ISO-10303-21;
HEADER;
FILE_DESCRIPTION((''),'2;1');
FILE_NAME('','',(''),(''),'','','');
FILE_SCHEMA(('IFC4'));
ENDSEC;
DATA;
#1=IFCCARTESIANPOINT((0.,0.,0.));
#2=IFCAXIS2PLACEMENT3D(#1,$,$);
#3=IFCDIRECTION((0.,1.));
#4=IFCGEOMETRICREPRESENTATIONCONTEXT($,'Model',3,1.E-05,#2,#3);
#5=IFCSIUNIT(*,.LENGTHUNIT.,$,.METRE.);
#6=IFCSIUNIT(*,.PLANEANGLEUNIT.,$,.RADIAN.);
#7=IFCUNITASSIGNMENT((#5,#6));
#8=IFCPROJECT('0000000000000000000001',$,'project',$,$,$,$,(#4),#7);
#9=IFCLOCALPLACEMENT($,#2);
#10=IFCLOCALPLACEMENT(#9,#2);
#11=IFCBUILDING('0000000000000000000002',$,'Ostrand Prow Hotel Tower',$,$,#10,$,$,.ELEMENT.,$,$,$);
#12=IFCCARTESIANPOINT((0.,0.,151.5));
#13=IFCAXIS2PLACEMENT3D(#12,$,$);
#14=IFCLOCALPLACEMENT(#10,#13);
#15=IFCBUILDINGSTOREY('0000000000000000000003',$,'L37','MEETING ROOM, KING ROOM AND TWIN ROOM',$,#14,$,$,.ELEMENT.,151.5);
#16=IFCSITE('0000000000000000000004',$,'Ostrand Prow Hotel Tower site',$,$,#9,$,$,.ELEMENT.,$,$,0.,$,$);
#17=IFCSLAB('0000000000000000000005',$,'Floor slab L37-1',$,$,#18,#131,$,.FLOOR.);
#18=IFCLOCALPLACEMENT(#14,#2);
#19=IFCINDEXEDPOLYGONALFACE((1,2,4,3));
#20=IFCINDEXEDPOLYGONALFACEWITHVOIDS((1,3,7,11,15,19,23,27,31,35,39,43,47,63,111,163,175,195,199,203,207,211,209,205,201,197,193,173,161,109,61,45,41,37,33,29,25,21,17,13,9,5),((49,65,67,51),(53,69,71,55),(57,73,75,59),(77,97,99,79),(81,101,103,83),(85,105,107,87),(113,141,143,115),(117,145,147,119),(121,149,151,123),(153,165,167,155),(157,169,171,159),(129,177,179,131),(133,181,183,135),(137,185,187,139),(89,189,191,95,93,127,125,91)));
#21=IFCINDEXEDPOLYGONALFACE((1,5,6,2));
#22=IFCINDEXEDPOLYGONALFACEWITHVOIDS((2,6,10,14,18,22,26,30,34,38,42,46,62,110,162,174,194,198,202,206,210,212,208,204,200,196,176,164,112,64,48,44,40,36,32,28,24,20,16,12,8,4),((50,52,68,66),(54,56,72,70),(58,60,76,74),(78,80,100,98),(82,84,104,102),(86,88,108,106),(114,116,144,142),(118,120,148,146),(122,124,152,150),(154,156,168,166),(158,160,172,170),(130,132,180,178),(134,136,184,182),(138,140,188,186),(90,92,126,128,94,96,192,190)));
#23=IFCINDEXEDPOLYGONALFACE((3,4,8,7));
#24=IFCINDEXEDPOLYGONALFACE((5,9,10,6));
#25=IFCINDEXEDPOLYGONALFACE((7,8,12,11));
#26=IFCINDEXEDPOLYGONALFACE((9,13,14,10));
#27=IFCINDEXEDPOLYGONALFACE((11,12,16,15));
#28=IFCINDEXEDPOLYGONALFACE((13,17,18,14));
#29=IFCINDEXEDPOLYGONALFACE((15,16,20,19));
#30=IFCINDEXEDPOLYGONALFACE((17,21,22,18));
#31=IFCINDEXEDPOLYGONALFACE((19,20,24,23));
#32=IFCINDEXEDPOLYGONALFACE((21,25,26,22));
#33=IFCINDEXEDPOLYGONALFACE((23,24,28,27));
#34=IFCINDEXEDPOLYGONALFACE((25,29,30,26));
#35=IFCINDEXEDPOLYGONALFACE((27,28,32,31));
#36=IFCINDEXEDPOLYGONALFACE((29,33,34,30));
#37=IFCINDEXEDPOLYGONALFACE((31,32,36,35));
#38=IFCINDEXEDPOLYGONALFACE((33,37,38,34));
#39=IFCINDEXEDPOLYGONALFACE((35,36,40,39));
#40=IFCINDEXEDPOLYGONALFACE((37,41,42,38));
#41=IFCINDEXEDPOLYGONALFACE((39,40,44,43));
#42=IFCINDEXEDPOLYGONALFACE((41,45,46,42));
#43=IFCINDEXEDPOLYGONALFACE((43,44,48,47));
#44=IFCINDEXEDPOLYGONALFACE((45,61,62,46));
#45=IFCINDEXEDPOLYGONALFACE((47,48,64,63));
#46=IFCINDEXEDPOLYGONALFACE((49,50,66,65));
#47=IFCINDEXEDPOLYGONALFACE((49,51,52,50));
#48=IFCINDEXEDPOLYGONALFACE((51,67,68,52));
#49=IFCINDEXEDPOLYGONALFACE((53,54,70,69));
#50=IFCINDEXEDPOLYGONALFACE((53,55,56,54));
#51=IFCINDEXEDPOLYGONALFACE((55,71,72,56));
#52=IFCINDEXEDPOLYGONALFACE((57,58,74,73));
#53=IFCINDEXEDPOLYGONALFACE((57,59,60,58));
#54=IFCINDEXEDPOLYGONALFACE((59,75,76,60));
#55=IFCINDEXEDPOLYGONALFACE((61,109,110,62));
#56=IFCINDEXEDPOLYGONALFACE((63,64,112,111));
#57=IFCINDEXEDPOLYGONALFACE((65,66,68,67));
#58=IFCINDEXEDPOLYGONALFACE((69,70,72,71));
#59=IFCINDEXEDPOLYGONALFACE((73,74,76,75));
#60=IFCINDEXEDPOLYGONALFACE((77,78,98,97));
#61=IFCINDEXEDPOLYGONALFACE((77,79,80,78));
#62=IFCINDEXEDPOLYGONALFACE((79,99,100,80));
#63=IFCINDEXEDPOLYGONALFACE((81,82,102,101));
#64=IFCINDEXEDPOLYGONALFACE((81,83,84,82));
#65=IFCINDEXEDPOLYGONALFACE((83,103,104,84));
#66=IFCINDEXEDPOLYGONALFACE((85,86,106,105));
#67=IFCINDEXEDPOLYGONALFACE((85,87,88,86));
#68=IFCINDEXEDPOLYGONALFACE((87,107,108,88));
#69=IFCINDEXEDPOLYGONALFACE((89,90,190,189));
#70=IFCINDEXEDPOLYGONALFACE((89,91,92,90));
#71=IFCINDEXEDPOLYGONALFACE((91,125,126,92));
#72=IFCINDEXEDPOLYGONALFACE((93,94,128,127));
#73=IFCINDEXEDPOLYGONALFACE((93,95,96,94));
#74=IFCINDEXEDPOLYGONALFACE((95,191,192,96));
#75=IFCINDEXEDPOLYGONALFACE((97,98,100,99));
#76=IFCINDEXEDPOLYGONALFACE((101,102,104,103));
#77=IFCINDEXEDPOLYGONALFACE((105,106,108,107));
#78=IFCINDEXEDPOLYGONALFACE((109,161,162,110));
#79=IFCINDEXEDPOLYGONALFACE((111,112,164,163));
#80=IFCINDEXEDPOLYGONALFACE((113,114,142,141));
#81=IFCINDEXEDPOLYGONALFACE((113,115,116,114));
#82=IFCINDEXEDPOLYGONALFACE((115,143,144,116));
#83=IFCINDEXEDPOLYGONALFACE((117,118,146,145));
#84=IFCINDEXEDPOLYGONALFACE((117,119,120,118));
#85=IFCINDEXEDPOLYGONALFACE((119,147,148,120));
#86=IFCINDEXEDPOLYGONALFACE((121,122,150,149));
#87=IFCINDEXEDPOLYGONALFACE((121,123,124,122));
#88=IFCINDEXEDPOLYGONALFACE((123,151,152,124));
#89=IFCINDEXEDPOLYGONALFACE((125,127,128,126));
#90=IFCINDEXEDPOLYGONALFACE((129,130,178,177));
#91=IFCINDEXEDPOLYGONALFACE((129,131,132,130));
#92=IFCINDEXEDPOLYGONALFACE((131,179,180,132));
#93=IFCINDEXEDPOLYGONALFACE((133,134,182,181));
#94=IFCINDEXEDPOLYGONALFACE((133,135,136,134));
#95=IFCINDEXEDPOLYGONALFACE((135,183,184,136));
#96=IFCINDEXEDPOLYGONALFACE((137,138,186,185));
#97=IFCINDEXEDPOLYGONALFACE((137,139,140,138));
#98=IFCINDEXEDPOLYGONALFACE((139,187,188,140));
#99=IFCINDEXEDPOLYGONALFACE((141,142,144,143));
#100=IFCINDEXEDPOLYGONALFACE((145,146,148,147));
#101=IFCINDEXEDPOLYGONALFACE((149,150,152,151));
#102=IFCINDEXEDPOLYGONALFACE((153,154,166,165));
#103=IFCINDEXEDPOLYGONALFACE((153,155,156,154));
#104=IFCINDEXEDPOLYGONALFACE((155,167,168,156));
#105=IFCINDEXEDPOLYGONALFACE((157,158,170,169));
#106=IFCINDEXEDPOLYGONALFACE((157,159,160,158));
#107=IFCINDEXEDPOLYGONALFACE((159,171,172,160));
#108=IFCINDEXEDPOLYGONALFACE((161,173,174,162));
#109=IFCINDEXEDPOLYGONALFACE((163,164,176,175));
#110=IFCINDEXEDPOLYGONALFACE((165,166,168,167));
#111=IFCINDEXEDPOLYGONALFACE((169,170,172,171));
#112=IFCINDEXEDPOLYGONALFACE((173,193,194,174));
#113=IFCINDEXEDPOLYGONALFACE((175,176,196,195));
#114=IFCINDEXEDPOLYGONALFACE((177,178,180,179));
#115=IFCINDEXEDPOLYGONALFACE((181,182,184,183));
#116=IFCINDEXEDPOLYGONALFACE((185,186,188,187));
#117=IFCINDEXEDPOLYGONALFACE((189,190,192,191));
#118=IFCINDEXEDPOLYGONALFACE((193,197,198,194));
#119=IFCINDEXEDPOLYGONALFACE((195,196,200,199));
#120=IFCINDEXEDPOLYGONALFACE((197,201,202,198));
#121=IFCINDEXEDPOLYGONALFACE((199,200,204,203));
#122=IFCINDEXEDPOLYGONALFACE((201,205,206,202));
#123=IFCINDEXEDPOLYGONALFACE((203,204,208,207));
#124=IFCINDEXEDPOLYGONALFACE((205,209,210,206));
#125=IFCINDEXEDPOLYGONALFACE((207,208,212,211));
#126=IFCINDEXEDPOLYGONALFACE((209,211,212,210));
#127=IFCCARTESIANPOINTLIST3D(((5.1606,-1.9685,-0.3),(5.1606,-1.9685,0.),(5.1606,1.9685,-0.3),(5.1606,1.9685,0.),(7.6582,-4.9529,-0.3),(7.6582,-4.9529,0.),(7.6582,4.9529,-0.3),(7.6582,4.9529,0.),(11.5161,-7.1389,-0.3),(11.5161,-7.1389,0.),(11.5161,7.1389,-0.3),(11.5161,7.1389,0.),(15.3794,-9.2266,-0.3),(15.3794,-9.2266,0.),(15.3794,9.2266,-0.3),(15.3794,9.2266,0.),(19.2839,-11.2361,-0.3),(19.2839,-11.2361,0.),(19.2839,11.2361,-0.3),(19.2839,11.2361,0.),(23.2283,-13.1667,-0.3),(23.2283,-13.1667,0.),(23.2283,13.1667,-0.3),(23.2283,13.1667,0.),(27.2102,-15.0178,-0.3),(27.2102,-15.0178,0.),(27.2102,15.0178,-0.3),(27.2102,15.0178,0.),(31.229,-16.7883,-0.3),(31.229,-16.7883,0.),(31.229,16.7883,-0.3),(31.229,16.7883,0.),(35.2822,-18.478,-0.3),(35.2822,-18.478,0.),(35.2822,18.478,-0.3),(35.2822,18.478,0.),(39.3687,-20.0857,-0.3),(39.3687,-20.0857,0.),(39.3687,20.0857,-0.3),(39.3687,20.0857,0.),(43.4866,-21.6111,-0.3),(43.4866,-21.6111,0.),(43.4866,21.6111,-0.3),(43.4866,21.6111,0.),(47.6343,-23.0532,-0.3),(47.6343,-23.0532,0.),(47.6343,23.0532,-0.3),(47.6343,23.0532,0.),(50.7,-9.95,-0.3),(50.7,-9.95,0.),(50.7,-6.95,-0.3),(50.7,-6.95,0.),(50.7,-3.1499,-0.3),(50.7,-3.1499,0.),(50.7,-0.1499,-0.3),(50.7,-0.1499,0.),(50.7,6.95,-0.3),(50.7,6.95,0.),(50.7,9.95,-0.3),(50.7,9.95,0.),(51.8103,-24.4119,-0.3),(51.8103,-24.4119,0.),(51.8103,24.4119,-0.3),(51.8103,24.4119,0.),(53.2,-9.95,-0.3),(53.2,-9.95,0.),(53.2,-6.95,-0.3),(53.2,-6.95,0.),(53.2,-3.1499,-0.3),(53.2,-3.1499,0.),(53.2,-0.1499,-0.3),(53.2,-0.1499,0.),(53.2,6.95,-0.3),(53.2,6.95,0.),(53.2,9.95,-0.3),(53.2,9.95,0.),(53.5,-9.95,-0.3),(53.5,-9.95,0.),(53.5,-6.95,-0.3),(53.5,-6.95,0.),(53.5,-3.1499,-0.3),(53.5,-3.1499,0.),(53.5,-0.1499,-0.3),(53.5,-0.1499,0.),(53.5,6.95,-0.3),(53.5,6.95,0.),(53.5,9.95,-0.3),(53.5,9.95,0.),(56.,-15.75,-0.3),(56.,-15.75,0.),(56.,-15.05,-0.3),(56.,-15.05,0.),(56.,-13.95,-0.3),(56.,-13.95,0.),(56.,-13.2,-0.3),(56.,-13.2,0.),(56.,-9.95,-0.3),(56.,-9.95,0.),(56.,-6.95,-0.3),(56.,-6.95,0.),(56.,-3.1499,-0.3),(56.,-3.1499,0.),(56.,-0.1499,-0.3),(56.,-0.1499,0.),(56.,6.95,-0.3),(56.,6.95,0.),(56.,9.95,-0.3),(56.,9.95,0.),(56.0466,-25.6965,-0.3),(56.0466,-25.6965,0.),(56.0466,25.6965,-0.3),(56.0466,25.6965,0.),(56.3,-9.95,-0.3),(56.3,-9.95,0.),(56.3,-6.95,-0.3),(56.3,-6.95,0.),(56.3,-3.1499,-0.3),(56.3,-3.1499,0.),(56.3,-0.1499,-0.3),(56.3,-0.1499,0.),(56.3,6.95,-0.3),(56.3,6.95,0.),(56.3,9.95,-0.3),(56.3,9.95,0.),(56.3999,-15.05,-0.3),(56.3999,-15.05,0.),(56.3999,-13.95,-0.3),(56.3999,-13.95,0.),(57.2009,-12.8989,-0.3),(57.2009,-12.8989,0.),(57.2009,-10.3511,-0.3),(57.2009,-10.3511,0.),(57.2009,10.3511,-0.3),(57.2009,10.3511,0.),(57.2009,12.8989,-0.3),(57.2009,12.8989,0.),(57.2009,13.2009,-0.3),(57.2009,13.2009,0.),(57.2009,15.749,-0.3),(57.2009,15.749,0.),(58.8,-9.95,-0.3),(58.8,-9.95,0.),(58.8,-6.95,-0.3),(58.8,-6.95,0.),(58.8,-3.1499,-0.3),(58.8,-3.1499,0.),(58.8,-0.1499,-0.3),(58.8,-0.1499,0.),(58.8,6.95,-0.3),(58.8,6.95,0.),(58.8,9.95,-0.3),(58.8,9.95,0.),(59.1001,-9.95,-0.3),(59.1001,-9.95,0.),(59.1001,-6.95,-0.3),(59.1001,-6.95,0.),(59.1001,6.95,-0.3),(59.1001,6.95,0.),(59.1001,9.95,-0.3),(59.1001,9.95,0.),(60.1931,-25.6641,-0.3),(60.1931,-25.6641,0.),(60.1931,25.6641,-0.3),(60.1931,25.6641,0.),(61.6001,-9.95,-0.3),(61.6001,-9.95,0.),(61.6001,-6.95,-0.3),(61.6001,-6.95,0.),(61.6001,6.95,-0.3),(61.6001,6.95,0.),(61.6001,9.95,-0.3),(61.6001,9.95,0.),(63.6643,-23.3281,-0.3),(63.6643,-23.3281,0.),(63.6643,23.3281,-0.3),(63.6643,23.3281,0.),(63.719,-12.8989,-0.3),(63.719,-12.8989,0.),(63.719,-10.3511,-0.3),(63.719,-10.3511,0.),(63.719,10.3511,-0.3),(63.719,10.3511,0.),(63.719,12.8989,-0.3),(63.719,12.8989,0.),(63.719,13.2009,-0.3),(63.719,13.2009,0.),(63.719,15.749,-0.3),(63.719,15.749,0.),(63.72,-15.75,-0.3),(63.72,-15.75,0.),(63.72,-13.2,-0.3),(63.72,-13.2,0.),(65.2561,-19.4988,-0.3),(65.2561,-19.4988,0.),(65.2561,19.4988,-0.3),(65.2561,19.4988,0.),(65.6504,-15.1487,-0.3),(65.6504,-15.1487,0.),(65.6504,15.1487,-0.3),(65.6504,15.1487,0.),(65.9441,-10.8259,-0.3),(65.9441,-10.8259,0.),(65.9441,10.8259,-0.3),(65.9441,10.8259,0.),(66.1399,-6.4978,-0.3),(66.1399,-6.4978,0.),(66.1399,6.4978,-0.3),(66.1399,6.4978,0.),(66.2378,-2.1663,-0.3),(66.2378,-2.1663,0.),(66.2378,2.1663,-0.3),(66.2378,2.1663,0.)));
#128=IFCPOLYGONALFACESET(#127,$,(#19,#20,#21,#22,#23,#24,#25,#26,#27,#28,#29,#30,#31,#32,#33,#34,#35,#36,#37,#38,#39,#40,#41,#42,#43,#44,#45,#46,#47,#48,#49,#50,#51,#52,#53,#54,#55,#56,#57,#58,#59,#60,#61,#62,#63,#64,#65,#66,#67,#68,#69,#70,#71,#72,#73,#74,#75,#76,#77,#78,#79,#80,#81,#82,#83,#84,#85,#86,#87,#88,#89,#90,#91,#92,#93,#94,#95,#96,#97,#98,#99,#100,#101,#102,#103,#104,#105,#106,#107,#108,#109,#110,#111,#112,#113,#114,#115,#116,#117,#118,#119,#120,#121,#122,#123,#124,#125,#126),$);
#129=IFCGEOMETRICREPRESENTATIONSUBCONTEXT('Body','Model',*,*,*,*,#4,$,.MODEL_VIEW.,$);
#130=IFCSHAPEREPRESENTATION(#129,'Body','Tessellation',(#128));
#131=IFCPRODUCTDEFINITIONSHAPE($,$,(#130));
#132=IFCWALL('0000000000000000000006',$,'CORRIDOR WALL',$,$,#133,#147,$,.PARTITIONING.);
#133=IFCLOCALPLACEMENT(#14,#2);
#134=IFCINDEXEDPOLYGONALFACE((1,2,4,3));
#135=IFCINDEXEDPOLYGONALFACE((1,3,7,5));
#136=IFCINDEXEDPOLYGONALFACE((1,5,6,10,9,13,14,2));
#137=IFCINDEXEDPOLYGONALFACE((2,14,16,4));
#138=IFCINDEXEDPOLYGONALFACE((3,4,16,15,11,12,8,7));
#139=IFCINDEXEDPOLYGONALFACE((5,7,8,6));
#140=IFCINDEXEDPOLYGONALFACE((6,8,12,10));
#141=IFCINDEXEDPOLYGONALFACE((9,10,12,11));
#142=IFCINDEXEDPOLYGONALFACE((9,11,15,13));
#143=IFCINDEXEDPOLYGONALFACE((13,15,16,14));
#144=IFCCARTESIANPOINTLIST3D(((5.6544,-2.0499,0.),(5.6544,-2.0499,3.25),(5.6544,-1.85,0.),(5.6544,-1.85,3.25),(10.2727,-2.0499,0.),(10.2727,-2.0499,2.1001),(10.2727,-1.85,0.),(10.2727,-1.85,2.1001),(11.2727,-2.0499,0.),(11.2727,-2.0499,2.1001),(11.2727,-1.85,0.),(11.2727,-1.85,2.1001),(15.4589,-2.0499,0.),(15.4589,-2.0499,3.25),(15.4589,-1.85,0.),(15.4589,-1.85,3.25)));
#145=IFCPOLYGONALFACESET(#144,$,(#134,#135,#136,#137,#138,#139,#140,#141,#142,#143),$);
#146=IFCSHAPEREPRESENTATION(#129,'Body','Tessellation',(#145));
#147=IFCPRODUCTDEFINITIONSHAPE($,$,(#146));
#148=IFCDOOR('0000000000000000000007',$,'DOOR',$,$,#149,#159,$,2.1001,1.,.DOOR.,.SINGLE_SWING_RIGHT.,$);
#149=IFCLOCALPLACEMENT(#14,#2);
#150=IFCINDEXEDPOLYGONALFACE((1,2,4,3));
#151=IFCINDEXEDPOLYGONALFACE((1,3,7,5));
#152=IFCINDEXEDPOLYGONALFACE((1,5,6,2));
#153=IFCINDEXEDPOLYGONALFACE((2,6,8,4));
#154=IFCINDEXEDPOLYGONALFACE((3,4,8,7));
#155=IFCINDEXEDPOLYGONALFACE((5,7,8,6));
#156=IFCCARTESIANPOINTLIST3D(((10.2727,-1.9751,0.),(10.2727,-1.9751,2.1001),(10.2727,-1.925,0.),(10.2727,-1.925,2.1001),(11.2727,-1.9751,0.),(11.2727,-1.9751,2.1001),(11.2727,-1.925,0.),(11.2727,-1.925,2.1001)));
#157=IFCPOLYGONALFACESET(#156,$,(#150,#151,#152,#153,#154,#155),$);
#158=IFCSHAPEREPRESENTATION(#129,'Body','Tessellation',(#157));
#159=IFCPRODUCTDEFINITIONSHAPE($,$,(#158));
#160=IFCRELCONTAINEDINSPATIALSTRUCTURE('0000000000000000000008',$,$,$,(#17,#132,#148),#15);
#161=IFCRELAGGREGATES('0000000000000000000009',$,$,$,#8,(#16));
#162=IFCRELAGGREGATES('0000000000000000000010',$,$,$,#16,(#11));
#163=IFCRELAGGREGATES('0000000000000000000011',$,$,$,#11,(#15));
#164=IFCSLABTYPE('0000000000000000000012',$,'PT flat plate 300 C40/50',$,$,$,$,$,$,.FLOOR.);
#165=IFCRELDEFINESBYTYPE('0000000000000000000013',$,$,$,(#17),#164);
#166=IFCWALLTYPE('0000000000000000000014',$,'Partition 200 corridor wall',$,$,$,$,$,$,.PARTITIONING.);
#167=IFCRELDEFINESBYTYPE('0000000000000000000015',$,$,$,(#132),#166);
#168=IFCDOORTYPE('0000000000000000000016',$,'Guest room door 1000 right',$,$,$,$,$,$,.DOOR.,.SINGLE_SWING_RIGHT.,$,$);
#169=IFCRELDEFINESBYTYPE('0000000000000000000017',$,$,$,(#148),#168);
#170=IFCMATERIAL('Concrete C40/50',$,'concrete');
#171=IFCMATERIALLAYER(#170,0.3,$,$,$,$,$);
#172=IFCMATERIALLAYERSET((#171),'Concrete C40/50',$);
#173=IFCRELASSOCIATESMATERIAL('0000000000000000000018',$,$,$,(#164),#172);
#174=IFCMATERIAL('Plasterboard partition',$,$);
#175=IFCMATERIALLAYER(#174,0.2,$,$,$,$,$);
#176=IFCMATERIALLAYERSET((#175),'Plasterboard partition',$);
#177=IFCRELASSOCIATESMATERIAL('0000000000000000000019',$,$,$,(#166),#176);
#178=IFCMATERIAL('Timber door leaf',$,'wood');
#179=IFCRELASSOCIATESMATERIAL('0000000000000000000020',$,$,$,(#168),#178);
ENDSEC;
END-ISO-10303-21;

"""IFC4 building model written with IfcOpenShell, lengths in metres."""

from ifc_helpers import new_model, si_unit, direction, frame, frame_2d, origin, place, context, subcontext, project, spatial, polyline, rectangle, outline, extrude, material, layer, layer_set, type_object, element, fill, save


model = new_model("IFC4")

# Units and contexts
model_context = context("Model", 3, precision=1e-05, world=origin(), true_north=direction((0.0, 1.0)))
body_context = subcontext(model_context, "Body", "Model", "MODEL_VIEW")
ifc_project = project(units=[si_unit("LENGTHUNIT", "METRE"), si_unit("PLANEANGLEUNIT", "RADIAN")], contexts=[model_context])

# Site, building, storey
site_placement = place(None, origin())
site = spatial("IfcSite", under=ifc_project, at=site_placement, Name="Ostrand Prow Hotel Tower site", CompositionType="ELEMENT", RefElevation=0.0)
building_placement = place(site_placement, origin())
building = spatial("IfcBuilding", under=site, at=building_placement, Name="Ostrand Prow Hotel Tower", CompositionType="ELEMENT")
storey_placement = place(building_placement, frame((0.0, 0.0, 151.5)))
storey = spatial("IfcBuildingStorey", under=building, at=storey_placement, Name="L37", Description="MEETING ROOM, KING ROOM AND TWIN ROOM", CompositionType="ELEMENT", Elevation=151.5)

# Slab, opening
ifc_material_1 = material(Name="Concrete C40/50", Category="concrete")
ifc_layer_1 = layer(ifc_material_1, 0.3)
ifc_layer_set_1 = layer_set([ifc_layer_1], Name="Concrete C40/50")
slab_type = type_object("IfcSlabType", Name="PT flat plate 300 C40/50", PredefinedType="FLOOR", material=ifc_layer_set_1)
slab_placement = place(storey_placement, frame((0.0, 0.0, -0.3)))
slab = element("IfcSlab", 1, at=slab_placement, inside=storey, type_object=slab_type, Name="Floor slab L37-1", PredefinedType="FLOOR", context=body_context, shape_type="SweptSolid", body=[
    extrude(outline(polyline([(7.6582, 4.9529), (11.5161, 7.1389), (15.3794, 9.2266), (19.2839, 11.2361), (23.2283, 13.1667), (27.2102, 15.0178), (31.229, 16.7883), (35.2822, 18.478), (39.3687, 20.0857), (43.4866, 21.6111), (47.6343, 23.0532), (51.8103, 24.4119), (56.0466, 25.6965), (60.1931, 25.6641), (63.6643, 23.3281), (65.2561, 19.4988), (65.6504, 15.1487), (65.9441, 10.8259), (66.1399, 6.4978), (66.2378, 2.1663), (66.2378, -2.1663), (66.1399, -6.4978), (65.9441, -10.8259), (65.6504, -15.1487), (65.2561, -19.4988), (63.6643, -23.3281), (60.1931, -25.6641), (56.0466, -25.6965), (51.8103, -24.4119), (47.6343, -23.0532), (43.4866, -21.6111), (39.3687, -20.0857), (35.2822, -18.478), (31.229, -16.7883), (27.2102, -15.0178), (23.2283, -13.1667), (19.2839, -11.2361), (15.3794, -9.2266), (11.5161, -7.1389), (7.6582, -4.9529), (5.1606, -1.9685), (5.1606, 1.9685), (7.6582, 4.9529)]), holes=[polyline([(50.7, 6.95), (53.2, 6.95), (53.2, 9.95), (50.7, 9.95), (50.7, 6.95)]), polyline([(53.5, 6.95), (56.0, 6.95), (56.0, 9.95), (53.5, 9.95), (53.5, 6.95)]), polyline([(56.3, 6.95), (58.8, 6.95), (58.8, 9.95), (56.3, 9.95), (56.3, 6.95)]), polyline([(59.1001, 6.95), (61.6001, 6.95), (61.6001, 9.95), (59.1001, 9.95), (59.1001, 6.95)]), polyline([(50.7, -3.1499), (53.2, -3.1499), (53.2, -0.1499), (50.7, -0.1499), (50.7, -3.1499)]), polyline([(53.5, -3.1499), (56.0, -3.1499), (56.0, -0.1499), (53.5, -0.1499), (53.5, -3.1499)]), polyline([(56.3, -3.1499), (58.8, -3.1499), (58.8, -0.1499), (56.3, -0.1499), (56.3, -3.1499)]), polyline([(50.7, -9.95), (53.2, -9.95), (53.2, -6.95), (50.7, -6.95), (50.7, -9.95)]), polyline([(53.5, -9.95), (56.0, -9.95), (56.0, -6.95), (53.5, -6.95), (53.5, -9.95)]), polyline([(56.3, -9.95), (58.8, -9.95), (58.8, -6.95), (56.3, -6.95), (56.3, -9.95)]), polyline([(59.1001, -9.95), (61.6001, -9.95), (61.6001, -6.95), (59.1001, -6.95), (59.1001, -9.95)]), polyline([(57.2009, 10.3511), (57.2009, 12.8989), (63.719, 12.8989), (63.719, 10.3511), (57.2009, 10.3511)]), polyline([(57.2009, 13.2009), (57.2009, 15.749), (63.719, 15.749), (63.719, 13.2009), (57.2009, 13.2009)]), polyline([(57.2009, -12.8989), (57.2009, -10.3511), (63.719, -10.3511), (63.719, -12.8989), (57.2009, -12.8989)]), polyline([(56.0, -13.2), (63.72, -13.2), (63.72, -15.75), (56.0, -15.75), (56.0, -15.05), (56.3999, -15.05), (56.3999, -13.95), (56.0, -13.95), (56.0, -13.2)])]), origin(), (0.0, 0.0, 1.0), 0.3),
])
opening_1_placement = place(slab_placement, origin())
element("IfcOpeningElement", 2, at=opening_1_placement, cuts=slab, PredefinedType="OPENING", context=body_context, shape_type="SweptSolid", body=[
    extrude(outline(polyline([(56.0, -13.2), (63.72, -13.2), (63.72, -15.75), (56.0, -15.75), (56.0, -15.05), (56.3999, -15.05), (56.3999, -13.95), (56.0, -13.95), (56.0, -13.2)])), origin(), (0.0, 0.0, 1.0), 0.3),
])

# Wall, opening, door
ifc_material_2 = material(Name="Plasterboard partition")
ifc_layer_2 = layer(ifc_material_2, 0.2)
ifc_layer_set_2 = layer_set([ifc_layer_2], Name="Plasterboard partition")
wall_type_1 = type_object("IfcWallType", Name="Partition 200 corridor wall", PredefinedType="PARTITIONING", material=ifc_layer_set_2)
wall_1_placement = place(storey_placement, frame((5.6543, -1.95, 0.0), z_axis=(0.0, 0.0, 1.0), x_axis=(1.0, 0.0, 0.0)))
wall_1 = element("IfcWall", 3, at=wall_1_placement, inside=storey, type_object=wall_type_1, Name="CORRIDOR WALL", PredefinedType="PARTITIONING", context=body_context, shape_type="SweptSolid", body=[
    extrude(rectangle(XDim=9.8044, YDim=0.2, at=frame_2d((4.9023, 0.0))), origin(), (0.0, 0.0, 1.0), 3.25),
])
opening_2_placement = place(wall_1_placement, frame((4.6184, 0.0, 0.0)))
opening_2 = element("IfcOpeningElement", 4, at=opening_2_placement, cuts=wall_1, PredefinedType="OPENING", context=body_context, shape_type="SweptSolid", body=[
    extrude(rectangle(XDim=1.0, YDim=2.1001, at=frame_2d((0.5, 1.05))), frame((0.0, 0.1099, 0.0), z_axis=(0.0, -1.0, 0.0), x_axis=(1.0, 0.0, 0.0)), (0.0, 0.0, 1.0), 0.22),
])
ifc_material_3 = material(Name="Timber door leaf", Category="wood")
door_type = type_object("IfcDoorType", Name="Guest room door 1000 right", OperationType="SINGLE_SWING_RIGHT", PredefinedType="DOOR", material=ifc_material_3)
door_placement = place(opening_2_placement, origin())
door = element("IfcDoor", 5, at=door_placement, inside=storey, type_object=door_type, Name="DOOR", OperationType="SINGLE_SWING_RIGHT", OverallHeight=2.1001, OverallWidth=1.0, PredefinedType="DOOR", context=body_context, shape_type="SweptSolid", body=[
    extrude(rectangle(XDim=1.0, YDim=2.1001, at=frame_2d((0.5, 1.05))), frame((0.0, 0.0249, 0.0), z_axis=(0.0, -1.0, 0.0), x_axis=(1.0, 0.0, 0.0)), (0.0, 0.0, 1.0), 0.05),
])
fill(opening_2, door)

save(model, "model.ifc")
